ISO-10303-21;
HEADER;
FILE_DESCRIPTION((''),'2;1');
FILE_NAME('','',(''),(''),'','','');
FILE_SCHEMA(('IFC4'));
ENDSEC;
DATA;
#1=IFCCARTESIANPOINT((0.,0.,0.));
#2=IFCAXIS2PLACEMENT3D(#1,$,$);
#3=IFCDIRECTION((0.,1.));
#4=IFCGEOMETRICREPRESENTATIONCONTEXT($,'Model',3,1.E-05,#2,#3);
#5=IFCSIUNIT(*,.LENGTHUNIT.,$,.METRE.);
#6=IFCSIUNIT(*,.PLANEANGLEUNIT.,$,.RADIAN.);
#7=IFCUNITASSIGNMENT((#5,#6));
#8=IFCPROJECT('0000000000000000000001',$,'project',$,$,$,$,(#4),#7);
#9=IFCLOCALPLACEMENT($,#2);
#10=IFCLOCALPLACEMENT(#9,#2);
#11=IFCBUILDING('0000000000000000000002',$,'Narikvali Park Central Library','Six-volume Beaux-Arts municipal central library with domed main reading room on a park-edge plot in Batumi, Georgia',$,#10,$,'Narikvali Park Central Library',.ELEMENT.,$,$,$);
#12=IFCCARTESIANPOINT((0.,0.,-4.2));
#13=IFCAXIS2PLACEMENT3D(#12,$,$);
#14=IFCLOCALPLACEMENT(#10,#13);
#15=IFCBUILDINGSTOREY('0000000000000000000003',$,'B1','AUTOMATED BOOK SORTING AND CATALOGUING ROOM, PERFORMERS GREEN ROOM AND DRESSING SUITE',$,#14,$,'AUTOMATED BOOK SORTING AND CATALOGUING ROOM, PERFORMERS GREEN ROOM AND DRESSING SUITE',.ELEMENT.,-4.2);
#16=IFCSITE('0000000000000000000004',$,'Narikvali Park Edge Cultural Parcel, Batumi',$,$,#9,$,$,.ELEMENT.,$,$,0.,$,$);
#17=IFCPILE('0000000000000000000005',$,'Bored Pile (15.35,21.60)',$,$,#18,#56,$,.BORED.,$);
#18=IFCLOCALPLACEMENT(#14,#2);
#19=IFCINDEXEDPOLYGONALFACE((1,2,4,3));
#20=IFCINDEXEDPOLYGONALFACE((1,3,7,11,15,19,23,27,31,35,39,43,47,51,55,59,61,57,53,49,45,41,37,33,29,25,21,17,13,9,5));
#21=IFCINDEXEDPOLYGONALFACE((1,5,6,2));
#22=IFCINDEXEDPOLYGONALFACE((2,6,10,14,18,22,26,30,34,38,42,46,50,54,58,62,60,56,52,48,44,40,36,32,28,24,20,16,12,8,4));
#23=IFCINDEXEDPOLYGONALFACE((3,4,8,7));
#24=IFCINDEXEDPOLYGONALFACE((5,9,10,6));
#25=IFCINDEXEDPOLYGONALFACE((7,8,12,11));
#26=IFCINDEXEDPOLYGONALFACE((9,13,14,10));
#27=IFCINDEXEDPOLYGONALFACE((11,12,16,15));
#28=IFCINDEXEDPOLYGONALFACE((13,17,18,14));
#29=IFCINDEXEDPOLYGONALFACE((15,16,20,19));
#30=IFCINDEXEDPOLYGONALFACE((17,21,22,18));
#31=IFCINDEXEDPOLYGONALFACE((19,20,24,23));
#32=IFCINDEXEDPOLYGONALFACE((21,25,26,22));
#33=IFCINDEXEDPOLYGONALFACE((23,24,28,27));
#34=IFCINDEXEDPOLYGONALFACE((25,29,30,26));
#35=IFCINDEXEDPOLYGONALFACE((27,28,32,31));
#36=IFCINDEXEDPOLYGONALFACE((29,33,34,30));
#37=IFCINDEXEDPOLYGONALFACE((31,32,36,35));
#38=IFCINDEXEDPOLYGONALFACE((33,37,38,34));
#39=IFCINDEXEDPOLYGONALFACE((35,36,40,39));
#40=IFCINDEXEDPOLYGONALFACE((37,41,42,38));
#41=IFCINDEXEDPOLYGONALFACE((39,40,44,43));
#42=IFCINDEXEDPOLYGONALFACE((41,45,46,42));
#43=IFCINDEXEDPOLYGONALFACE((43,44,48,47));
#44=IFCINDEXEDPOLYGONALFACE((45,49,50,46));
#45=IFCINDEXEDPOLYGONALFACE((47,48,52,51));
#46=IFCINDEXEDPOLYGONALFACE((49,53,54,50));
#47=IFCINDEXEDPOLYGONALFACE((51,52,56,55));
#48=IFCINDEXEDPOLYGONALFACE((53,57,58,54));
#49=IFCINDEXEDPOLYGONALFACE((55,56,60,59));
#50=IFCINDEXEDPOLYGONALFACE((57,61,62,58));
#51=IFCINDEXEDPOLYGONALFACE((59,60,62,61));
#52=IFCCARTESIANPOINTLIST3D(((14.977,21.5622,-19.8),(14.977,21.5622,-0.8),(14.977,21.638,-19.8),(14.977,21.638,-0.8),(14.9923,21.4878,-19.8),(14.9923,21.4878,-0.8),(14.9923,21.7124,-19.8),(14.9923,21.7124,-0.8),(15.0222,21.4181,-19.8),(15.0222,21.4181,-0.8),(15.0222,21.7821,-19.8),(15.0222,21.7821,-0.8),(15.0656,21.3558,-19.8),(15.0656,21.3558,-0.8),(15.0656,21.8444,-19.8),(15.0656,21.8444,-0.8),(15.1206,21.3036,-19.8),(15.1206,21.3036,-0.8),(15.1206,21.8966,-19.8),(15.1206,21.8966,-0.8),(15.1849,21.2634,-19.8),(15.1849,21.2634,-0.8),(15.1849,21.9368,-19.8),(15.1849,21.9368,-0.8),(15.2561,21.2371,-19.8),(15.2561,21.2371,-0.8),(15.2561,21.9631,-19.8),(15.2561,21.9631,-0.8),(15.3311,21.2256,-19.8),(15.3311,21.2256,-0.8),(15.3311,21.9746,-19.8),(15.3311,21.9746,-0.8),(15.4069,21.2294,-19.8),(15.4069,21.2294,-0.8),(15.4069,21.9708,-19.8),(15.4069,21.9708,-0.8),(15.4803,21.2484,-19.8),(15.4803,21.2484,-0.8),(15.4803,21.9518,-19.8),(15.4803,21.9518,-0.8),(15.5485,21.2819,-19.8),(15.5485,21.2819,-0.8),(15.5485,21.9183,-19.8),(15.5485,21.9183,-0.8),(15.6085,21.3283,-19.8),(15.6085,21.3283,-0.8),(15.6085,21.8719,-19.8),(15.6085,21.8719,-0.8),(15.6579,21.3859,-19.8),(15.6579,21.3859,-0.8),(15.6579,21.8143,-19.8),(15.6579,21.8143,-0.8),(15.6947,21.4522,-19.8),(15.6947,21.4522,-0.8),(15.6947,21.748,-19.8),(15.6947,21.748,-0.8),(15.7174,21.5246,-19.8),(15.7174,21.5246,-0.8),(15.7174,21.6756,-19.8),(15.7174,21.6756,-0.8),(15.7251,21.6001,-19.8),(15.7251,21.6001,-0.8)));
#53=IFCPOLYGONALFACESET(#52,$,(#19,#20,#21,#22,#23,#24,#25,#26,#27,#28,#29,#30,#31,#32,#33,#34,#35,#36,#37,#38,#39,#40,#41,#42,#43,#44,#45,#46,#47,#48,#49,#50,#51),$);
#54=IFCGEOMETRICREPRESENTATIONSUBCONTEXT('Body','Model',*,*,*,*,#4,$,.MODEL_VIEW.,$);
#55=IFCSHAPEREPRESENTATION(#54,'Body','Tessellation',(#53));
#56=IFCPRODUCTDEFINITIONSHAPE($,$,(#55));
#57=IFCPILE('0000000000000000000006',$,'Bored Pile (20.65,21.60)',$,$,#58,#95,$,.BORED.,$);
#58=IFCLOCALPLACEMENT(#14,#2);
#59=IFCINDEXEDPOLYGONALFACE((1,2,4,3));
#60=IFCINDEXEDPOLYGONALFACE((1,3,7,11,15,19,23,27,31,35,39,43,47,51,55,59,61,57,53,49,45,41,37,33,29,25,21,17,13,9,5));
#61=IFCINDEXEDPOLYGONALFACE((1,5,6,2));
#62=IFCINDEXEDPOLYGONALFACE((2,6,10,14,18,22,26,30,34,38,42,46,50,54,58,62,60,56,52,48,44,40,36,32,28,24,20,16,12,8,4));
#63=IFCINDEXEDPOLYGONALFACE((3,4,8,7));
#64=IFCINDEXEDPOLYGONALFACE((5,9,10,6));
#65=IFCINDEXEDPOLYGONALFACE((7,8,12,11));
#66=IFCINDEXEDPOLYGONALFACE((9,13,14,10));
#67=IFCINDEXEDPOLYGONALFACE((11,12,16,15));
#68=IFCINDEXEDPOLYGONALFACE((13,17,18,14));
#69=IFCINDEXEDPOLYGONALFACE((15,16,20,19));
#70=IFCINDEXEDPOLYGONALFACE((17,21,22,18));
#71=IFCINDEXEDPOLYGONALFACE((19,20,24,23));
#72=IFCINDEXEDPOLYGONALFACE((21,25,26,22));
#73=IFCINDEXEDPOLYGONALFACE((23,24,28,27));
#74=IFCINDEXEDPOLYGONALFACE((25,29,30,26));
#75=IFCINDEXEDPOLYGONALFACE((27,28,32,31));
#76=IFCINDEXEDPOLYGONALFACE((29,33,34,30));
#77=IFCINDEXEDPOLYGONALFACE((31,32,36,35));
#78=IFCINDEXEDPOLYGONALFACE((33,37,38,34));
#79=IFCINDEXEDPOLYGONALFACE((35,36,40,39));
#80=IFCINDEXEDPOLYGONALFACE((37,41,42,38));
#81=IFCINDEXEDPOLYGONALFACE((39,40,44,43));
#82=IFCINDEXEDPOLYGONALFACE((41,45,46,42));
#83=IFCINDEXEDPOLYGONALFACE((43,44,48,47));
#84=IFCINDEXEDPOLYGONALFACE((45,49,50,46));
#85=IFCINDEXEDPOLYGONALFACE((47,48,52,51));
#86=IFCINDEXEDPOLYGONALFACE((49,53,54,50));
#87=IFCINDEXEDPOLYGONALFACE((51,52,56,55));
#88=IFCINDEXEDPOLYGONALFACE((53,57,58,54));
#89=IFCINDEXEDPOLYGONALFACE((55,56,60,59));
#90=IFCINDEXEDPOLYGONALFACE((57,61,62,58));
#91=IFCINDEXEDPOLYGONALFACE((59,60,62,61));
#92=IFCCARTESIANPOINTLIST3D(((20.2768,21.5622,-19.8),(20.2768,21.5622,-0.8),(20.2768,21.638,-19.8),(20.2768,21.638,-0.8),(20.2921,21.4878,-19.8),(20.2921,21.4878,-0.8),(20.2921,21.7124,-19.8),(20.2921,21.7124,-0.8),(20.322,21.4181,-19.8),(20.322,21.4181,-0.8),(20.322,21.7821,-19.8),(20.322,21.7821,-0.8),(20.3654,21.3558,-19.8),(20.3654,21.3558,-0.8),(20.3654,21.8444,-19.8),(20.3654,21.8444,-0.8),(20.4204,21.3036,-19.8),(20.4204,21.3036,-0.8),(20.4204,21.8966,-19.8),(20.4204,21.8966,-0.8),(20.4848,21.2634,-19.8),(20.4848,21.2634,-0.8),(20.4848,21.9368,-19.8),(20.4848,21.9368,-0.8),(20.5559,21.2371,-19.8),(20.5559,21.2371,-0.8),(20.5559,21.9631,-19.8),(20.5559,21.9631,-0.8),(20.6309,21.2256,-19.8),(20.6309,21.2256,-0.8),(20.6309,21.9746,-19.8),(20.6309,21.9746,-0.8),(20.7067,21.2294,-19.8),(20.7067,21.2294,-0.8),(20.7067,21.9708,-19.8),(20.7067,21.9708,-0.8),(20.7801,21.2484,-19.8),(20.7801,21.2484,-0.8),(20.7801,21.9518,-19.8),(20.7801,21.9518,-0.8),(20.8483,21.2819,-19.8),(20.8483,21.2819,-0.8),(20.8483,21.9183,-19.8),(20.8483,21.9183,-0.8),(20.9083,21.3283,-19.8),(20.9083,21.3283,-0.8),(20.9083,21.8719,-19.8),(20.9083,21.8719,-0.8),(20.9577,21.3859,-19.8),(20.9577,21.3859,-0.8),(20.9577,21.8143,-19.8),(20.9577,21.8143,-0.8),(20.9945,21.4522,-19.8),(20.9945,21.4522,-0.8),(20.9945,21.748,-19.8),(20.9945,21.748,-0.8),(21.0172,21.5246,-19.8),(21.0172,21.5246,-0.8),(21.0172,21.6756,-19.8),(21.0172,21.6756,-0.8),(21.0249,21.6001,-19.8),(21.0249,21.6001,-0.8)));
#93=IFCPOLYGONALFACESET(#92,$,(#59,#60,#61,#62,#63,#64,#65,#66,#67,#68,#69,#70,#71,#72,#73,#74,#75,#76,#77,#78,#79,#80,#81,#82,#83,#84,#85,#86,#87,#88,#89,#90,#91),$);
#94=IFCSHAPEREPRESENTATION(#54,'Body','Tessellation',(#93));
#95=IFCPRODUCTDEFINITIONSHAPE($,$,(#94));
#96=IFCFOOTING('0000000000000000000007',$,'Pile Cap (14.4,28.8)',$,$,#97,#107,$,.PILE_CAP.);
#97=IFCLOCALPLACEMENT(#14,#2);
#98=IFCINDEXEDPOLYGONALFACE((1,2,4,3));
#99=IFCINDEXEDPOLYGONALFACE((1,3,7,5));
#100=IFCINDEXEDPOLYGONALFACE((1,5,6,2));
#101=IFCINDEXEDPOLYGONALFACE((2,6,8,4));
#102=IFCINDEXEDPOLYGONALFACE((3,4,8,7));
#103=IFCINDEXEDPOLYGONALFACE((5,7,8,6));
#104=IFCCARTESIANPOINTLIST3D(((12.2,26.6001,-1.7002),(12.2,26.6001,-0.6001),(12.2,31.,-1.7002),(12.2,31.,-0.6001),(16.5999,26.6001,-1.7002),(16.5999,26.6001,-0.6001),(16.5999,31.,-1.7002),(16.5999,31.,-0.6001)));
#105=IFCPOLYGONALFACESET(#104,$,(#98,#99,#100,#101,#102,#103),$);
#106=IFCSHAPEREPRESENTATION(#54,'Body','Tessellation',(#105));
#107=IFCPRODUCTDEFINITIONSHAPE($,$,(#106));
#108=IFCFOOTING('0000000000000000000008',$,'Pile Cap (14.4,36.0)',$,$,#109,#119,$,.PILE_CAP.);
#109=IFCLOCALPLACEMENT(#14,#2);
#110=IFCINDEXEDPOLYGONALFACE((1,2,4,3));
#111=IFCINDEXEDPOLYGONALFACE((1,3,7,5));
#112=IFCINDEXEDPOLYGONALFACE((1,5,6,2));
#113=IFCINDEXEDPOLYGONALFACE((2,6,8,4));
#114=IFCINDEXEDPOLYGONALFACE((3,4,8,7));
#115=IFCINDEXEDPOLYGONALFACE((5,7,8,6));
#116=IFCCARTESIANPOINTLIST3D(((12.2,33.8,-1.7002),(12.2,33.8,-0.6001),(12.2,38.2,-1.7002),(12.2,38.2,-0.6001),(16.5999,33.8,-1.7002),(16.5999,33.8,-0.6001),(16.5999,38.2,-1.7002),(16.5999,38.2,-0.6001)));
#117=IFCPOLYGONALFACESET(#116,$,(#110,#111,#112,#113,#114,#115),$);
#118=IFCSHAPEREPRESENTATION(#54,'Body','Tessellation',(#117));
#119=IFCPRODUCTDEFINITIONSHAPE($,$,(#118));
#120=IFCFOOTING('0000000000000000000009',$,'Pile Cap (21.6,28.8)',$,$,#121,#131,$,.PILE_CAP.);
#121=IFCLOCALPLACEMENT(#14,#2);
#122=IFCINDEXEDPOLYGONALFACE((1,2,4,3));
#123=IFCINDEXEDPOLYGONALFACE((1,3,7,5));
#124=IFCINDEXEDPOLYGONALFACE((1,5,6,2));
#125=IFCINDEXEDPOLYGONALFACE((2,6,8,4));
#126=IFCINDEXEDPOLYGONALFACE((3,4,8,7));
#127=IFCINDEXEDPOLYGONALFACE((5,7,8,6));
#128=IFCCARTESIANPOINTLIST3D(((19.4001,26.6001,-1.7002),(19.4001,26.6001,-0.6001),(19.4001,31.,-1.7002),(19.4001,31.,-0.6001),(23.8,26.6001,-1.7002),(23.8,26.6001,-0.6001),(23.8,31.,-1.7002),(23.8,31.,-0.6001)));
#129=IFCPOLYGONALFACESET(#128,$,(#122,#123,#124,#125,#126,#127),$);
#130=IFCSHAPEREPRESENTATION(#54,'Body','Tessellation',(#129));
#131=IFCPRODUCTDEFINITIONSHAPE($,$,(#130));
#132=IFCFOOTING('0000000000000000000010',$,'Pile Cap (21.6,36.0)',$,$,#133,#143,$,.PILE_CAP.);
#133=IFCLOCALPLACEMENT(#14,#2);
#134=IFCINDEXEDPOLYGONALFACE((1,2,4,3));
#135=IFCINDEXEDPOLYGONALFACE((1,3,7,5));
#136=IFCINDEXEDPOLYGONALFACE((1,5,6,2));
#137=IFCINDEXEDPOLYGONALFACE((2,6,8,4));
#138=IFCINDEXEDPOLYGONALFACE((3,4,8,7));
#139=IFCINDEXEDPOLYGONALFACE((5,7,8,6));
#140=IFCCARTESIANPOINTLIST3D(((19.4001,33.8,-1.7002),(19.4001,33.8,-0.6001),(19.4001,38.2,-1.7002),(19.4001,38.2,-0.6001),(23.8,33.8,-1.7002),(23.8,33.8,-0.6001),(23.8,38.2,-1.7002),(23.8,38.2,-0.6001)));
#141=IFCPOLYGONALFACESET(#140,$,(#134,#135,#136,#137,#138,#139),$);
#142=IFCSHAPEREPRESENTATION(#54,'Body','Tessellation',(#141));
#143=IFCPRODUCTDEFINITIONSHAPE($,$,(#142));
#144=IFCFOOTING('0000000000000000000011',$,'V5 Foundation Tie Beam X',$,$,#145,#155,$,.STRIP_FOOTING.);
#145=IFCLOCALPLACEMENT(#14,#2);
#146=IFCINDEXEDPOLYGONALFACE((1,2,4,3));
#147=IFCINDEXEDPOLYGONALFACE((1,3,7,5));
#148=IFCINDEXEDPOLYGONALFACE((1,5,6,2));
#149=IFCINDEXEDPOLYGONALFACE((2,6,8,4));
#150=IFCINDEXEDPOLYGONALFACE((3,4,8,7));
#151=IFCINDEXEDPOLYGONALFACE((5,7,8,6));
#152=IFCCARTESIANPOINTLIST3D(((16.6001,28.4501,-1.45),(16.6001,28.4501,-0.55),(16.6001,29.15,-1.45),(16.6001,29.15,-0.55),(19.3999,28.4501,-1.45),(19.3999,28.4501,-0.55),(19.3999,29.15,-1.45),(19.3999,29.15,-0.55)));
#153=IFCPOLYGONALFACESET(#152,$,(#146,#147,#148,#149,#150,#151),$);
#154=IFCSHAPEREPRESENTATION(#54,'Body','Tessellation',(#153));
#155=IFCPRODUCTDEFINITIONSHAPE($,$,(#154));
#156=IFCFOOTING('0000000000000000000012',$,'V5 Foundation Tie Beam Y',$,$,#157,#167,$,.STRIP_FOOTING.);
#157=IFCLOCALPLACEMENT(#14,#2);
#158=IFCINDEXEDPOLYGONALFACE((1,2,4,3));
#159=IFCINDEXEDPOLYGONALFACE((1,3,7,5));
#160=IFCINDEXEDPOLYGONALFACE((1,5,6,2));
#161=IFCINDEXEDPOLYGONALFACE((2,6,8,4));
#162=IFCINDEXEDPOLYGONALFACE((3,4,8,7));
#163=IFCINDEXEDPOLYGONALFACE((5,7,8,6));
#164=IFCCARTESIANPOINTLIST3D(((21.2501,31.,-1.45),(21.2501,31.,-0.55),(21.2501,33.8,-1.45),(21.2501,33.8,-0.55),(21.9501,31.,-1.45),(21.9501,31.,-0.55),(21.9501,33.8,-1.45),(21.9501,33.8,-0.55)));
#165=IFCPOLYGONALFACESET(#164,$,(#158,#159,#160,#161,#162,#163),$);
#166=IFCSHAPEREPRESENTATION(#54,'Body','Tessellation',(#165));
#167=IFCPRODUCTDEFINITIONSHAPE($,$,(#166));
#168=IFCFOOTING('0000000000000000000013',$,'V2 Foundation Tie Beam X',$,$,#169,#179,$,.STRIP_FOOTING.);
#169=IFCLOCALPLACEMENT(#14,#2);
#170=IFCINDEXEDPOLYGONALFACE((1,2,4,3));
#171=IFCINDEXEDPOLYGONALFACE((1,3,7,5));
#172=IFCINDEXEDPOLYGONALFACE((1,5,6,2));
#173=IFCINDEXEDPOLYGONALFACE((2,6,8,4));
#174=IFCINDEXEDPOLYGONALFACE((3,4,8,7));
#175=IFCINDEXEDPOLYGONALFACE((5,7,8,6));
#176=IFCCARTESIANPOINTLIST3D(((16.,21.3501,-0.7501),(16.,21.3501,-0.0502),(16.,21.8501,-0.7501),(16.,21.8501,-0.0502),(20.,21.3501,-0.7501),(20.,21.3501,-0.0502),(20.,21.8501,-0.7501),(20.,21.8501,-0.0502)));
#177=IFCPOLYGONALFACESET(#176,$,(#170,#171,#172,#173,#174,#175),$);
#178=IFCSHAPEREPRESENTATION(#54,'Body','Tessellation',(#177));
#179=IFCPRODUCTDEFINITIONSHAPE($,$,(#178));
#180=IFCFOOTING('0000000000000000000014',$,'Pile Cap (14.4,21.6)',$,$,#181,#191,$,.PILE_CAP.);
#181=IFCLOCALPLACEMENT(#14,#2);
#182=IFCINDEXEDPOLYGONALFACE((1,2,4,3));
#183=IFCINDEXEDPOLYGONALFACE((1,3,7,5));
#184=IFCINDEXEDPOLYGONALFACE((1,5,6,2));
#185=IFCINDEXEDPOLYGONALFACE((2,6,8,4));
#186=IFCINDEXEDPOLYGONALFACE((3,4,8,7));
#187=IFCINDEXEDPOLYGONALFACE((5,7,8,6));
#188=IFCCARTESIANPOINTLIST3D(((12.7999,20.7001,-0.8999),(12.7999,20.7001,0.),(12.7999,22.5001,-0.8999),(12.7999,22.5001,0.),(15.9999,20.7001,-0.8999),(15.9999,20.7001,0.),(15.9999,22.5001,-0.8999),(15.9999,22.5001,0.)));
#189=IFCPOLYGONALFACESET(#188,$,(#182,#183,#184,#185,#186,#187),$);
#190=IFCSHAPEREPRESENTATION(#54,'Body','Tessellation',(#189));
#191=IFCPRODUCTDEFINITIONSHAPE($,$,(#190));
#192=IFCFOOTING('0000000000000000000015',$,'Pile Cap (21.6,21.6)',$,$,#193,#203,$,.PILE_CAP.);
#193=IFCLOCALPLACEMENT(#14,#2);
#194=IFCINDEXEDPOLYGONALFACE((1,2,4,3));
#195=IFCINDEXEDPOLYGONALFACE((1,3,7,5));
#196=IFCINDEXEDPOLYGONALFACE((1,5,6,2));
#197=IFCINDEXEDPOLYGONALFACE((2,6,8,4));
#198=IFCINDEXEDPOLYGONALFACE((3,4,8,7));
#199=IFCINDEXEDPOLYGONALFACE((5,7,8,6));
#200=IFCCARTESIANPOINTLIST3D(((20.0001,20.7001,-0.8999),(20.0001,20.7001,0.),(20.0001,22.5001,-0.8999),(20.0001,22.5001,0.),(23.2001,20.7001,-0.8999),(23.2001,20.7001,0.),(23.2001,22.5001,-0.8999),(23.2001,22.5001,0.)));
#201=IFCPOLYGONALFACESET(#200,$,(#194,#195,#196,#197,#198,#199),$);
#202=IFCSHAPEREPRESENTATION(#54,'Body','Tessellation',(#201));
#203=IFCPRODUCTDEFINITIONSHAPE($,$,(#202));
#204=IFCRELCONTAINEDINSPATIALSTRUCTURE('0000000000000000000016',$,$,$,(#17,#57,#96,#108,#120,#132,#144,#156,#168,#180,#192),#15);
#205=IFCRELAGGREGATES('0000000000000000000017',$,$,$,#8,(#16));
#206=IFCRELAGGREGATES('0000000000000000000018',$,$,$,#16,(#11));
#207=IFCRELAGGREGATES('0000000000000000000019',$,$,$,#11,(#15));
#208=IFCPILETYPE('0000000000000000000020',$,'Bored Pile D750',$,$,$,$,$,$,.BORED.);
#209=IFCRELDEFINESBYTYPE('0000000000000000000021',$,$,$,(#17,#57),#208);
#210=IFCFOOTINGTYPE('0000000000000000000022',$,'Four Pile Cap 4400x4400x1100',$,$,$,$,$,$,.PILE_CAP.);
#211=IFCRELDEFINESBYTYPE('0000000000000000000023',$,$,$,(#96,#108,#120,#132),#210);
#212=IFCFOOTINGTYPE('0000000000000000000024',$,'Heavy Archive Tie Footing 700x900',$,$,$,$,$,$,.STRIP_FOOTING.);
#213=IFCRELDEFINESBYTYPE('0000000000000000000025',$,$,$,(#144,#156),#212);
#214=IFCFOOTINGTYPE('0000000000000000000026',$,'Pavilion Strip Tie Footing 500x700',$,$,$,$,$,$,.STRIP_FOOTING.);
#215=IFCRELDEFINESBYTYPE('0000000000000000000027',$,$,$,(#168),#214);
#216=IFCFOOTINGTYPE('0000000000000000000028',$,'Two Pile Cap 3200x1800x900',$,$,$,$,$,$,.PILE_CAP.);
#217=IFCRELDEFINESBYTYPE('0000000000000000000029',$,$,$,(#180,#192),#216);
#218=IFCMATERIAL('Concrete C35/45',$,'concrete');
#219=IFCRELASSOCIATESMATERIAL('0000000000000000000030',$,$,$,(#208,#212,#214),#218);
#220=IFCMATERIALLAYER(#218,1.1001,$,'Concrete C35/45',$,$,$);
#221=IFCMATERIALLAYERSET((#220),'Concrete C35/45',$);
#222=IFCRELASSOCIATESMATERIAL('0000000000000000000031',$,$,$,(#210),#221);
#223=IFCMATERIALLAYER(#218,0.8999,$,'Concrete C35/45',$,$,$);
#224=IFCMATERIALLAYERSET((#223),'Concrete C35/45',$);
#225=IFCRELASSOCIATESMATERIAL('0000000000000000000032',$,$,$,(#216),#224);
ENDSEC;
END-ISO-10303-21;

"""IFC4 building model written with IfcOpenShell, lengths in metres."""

from ifc_helpers import new_model, si_unit, direction, frame, origin, origin_2d, place, context, subcontext, project, spatial, rectangle, circle, extrude, material, layer, layer_set, material_profile, profile_set, type_object, element, save


model = new_model("IFC4")

# Units and contexts
model_context = context("Model", 3, precision=1e-05, world=origin(), true_north=direction((0.0, 1.0)))
body_context = subcontext(model_context, "Body", "Model", "MODEL_VIEW")
ifc_project = project(units=[si_unit("LENGTHUNIT", "METRE"), si_unit("PLANEANGLEUNIT", "RADIAN")], contexts=[model_context])

# Site, building, storey
site_placement = place(None, origin())
site = spatial("IfcSite", under=ifc_project, at=site_placement, Name="Narikvali Park Edge Cultural Parcel, Batumi", CompositionType="ELEMENT", RefElevation=0.0)
building_placement = place(site_placement, origin())
building = spatial("IfcBuilding", under=site, at=building_placement, Name="Narikvali Park Central Library", Description="Six-volume Beaux-Arts municipal central library with domed main reading room on a park-edge plot in Batumi, Georgia", LongName="Narikvali Park Central Library", CompositionType="ELEMENT")
storey_placement = place(building_placement, frame((0.0, 0.0, -4.2)))
storey = spatial("IfcBuildingStorey", under=building, at=storey_placement, Name="B1", Description="AUTOMATED BOOK SORTING AND CATALOGUING ROOM, PERFORMERS GREEN ROOM AND DRESSING SUITE", LongName="AUTOMATED BOOK SORTING AND CATALOGUING ROOM, PERFORMERS GREEN ROOM AND DRESSING SUITE", CompositionType="ELEMENT", Elevation=-4.2)

# Piles
ifc_material_1 = material(Name="Concrete C35/45", Category="concrete")
ifc_material_profile_1 = material_profile(ifc_material_1, circle(Radius=0.375, at=origin_2d()), Name="PILE D750")
ifc_profile_set_1 = profile_set([ifc_material_profile_1], Name="Concrete C35/45")
pile_type_1 = type_object("IfcPileType", Name="Bored Pile D750", PredefinedType="BORED", material=ifc_profile_set_1)
for number, where, z_axis, x_axis, name in (
    (1, (15.3501, 21.6001, -0.8), (0.0, 0.0, -1.0), (1.0, 0.0, 0.0), "Bored Pile (15.35,21.60)"),
    (2, (20.6499, 21.6001, -0.8), (0.0, 0.0, -1.0), (1.0, 0.0, 0.0), "Bored Pile (20.65,21.60)"),
):
    element("IfcPile", number, at=place(storey_placement, frame(where, z_axis=z_axis, x_axis=x_axis)), inside=storey, type_object=pile_type_1, Name=name, PredefinedType="BORED", context=body_context, shape_type="SweptSolid", body=[
        extrude(circle(Radius=0.375, at=origin_2d()), origin(), (0.0, 0.0, 1.0), 19.0),
    ])

# Footings
ifc_layer_1 = layer(ifc_material_1, 1.1001, Name="Concrete C35/45")
ifc_layer_set_1 = layer_set([ifc_layer_1], Name="Concrete C35/45")
footing_type_1 = type_object("IfcFootingType", Name="Four Pile Cap 4400x4400x1100", PredefinedType="PILE_CAP", material=ifc_layer_set_1)
for number, where, z_axis, x_axis, name in (
    (3, (14.3999, 28.8, -1.7002), (0.0, 0.0, 1.0), (1.0, 0.0, 0.0), "Pile Cap (14.4,28.8)"),
    (4, (14.3999, 36.0, -1.7002), (0.0, 0.0, 1.0), (1.0, 0.0, 0.0), "Pile Cap (14.4,36.0)"),
    (5, (21.6001, 28.8, -1.7002), (0.0, 0.0, 1.0), (1.0, 0.0, 0.0), "Pile Cap (21.6,28.8)"),
    (6, (21.6001, 36.0, -1.7002), (0.0, 0.0, 1.0), (1.0, 0.0, 0.0), "Pile Cap (21.6,36.0)"),
):
    element("IfcFooting", number, at=place(storey_placement, frame(where, z_axis=z_axis, x_axis=x_axis)), inside=storey, type_object=footing_type_1, Name=name, PredefinedType="PILE_CAP", context=body_context, shape_type="SweptSolid", body=[
        extrude(rectangle(XDim=4.3999, YDim=4.3999, at=origin_2d()), origin(), (0.0, 0.0, 1.0), 1.1001),
    ])
ifc_material_profile_2 = material_profile(ifc_material_1, rectangle(XDim=0.7, YDim=0.8999, at=origin_2d()), Name="RC GB 700x900")
ifc_profile_set_2 = profile_set([ifc_material_profile_2], Name="Concrete C35/45")
footing_type_2 = type_object("IfcFootingType", Name="Heavy Archive Tie Footing 700x900", PredefinedType="STRIP_FOOTING", material=ifc_profile_set_2)
footing_1_placement = place(storey_placement, frame((16.6001, 28.8, -1.0), z_axis=(1.0, 0.0, 0.0), x_axis=(0.0, 1.0, 0.0)))
element("IfcFooting", 7, at=footing_1_placement, inside=storey, type_object=footing_type_2, Name="V5 Foundation Tie Beam X", PredefinedType="STRIP_FOOTING", context=body_context, shape_type="SweptSolid", body=[
    extrude(rectangle(XDim=0.7, YDim=0.8999, at=origin_2d()), origin(), (0.0, 0.0, 1.0), 2.7998),
])
footing_2_placement = place(storey_placement, frame((21.6001, 31.0, -1.0), z_axis=(0.0, 1.0, 0.0), x_axis=(-1.0, 0.0, 0.0)))
element("IfcFooting", 8, at=footing_2_placement, inside=storey, type_object=footing_type_2, Name="V5 Foundation Tie Beam Y", PredefinedType="STRIP_FOOTING", context=body_context, shape_type="SweptSolid", body=[
    extrude(rectangle(XDim=0.7, YDim=0.8999, at=origin_2d()), origin(), (0.0, 0.0, 1.0), 2.8),
])
ifc_material_profile_3 = material_profile(ifc_material_1, rectangle(XDim=0.5, YDim=0.7, at=origin_2d()), Name="RC GB 500x700")
ifc_profile_set_3 = profile_set([ifc_material_profile_3], Name="Concrete C35/45")
footing_type_3 = type_object("IfcFootingType", Name="Pavilion Strip Tie Footing 500x700", PredefinedType="STRIP_FOOTING", material=ifc_profile_set_3)
footing_3_placement = place(storey_placement, frame((16.0, 21.6001, -0.4001), z_axis=(1.0, 0.0, 0.0), x_axis=(0.0, 1.0, 0.0)))
element("IfcFooting", 9, at=footing_3_placement, inside=storey, type_object=footing_type_3, Name="V2 Foundation Tie Beam X", PredefinedType="STRIP_FOOTING", context=body_context, shape_type="SweptSolid", body=[
    extrude(rectangle(XDim=0.5, YDim=0.7, at=origin_2d()), origin(), (0.0, 0.0, 1.0), 4.0),
])
ifc_layer_2 = layer(ifc_material_1, 0.8999, Name="Concrete C35/45")
ifc_layer_set_2 = layer_set([ifc_layer_2], Name="Concrete C35/45")
footing_type_4 = type_object("IfcFootingType", Name="Two Pile Cap 3200x1800x900", PredefinedType="PILE_CAP", material=ifc_layer_set_2)
for number, where, z_axis, x_axis, name in (
    (10, (14.3999, 21.6001, -0.8999), (0.0, 0.0, 1.0), (1.0, 0.0, 0.0), "Pile Cap (14.4,21.6)"),
    (11, (21.6001, 21.6001, -0.8999), (0.0, 0.0, 1.0), (1.0, 0.0, 0.0), "Pile Cap (21.6,21.6)"),
):
    element("IfcFooting", number, at=place(storey_placement, frame(where, z_axis=z_axis, x_axis=x_axis)), inside=storey, type_object=footing_type_4, Name=name, PredefinedType="PILE_CAP", context=body_context, shape_type="SweptSolid", body=[
        extrude(rectangle(XDim=3.2, YDim=1.8, at=origin_2d()), origin(), (0.0, 0.0, 1.0), 0.8999),
    ])

save(model, "model.ifc")
